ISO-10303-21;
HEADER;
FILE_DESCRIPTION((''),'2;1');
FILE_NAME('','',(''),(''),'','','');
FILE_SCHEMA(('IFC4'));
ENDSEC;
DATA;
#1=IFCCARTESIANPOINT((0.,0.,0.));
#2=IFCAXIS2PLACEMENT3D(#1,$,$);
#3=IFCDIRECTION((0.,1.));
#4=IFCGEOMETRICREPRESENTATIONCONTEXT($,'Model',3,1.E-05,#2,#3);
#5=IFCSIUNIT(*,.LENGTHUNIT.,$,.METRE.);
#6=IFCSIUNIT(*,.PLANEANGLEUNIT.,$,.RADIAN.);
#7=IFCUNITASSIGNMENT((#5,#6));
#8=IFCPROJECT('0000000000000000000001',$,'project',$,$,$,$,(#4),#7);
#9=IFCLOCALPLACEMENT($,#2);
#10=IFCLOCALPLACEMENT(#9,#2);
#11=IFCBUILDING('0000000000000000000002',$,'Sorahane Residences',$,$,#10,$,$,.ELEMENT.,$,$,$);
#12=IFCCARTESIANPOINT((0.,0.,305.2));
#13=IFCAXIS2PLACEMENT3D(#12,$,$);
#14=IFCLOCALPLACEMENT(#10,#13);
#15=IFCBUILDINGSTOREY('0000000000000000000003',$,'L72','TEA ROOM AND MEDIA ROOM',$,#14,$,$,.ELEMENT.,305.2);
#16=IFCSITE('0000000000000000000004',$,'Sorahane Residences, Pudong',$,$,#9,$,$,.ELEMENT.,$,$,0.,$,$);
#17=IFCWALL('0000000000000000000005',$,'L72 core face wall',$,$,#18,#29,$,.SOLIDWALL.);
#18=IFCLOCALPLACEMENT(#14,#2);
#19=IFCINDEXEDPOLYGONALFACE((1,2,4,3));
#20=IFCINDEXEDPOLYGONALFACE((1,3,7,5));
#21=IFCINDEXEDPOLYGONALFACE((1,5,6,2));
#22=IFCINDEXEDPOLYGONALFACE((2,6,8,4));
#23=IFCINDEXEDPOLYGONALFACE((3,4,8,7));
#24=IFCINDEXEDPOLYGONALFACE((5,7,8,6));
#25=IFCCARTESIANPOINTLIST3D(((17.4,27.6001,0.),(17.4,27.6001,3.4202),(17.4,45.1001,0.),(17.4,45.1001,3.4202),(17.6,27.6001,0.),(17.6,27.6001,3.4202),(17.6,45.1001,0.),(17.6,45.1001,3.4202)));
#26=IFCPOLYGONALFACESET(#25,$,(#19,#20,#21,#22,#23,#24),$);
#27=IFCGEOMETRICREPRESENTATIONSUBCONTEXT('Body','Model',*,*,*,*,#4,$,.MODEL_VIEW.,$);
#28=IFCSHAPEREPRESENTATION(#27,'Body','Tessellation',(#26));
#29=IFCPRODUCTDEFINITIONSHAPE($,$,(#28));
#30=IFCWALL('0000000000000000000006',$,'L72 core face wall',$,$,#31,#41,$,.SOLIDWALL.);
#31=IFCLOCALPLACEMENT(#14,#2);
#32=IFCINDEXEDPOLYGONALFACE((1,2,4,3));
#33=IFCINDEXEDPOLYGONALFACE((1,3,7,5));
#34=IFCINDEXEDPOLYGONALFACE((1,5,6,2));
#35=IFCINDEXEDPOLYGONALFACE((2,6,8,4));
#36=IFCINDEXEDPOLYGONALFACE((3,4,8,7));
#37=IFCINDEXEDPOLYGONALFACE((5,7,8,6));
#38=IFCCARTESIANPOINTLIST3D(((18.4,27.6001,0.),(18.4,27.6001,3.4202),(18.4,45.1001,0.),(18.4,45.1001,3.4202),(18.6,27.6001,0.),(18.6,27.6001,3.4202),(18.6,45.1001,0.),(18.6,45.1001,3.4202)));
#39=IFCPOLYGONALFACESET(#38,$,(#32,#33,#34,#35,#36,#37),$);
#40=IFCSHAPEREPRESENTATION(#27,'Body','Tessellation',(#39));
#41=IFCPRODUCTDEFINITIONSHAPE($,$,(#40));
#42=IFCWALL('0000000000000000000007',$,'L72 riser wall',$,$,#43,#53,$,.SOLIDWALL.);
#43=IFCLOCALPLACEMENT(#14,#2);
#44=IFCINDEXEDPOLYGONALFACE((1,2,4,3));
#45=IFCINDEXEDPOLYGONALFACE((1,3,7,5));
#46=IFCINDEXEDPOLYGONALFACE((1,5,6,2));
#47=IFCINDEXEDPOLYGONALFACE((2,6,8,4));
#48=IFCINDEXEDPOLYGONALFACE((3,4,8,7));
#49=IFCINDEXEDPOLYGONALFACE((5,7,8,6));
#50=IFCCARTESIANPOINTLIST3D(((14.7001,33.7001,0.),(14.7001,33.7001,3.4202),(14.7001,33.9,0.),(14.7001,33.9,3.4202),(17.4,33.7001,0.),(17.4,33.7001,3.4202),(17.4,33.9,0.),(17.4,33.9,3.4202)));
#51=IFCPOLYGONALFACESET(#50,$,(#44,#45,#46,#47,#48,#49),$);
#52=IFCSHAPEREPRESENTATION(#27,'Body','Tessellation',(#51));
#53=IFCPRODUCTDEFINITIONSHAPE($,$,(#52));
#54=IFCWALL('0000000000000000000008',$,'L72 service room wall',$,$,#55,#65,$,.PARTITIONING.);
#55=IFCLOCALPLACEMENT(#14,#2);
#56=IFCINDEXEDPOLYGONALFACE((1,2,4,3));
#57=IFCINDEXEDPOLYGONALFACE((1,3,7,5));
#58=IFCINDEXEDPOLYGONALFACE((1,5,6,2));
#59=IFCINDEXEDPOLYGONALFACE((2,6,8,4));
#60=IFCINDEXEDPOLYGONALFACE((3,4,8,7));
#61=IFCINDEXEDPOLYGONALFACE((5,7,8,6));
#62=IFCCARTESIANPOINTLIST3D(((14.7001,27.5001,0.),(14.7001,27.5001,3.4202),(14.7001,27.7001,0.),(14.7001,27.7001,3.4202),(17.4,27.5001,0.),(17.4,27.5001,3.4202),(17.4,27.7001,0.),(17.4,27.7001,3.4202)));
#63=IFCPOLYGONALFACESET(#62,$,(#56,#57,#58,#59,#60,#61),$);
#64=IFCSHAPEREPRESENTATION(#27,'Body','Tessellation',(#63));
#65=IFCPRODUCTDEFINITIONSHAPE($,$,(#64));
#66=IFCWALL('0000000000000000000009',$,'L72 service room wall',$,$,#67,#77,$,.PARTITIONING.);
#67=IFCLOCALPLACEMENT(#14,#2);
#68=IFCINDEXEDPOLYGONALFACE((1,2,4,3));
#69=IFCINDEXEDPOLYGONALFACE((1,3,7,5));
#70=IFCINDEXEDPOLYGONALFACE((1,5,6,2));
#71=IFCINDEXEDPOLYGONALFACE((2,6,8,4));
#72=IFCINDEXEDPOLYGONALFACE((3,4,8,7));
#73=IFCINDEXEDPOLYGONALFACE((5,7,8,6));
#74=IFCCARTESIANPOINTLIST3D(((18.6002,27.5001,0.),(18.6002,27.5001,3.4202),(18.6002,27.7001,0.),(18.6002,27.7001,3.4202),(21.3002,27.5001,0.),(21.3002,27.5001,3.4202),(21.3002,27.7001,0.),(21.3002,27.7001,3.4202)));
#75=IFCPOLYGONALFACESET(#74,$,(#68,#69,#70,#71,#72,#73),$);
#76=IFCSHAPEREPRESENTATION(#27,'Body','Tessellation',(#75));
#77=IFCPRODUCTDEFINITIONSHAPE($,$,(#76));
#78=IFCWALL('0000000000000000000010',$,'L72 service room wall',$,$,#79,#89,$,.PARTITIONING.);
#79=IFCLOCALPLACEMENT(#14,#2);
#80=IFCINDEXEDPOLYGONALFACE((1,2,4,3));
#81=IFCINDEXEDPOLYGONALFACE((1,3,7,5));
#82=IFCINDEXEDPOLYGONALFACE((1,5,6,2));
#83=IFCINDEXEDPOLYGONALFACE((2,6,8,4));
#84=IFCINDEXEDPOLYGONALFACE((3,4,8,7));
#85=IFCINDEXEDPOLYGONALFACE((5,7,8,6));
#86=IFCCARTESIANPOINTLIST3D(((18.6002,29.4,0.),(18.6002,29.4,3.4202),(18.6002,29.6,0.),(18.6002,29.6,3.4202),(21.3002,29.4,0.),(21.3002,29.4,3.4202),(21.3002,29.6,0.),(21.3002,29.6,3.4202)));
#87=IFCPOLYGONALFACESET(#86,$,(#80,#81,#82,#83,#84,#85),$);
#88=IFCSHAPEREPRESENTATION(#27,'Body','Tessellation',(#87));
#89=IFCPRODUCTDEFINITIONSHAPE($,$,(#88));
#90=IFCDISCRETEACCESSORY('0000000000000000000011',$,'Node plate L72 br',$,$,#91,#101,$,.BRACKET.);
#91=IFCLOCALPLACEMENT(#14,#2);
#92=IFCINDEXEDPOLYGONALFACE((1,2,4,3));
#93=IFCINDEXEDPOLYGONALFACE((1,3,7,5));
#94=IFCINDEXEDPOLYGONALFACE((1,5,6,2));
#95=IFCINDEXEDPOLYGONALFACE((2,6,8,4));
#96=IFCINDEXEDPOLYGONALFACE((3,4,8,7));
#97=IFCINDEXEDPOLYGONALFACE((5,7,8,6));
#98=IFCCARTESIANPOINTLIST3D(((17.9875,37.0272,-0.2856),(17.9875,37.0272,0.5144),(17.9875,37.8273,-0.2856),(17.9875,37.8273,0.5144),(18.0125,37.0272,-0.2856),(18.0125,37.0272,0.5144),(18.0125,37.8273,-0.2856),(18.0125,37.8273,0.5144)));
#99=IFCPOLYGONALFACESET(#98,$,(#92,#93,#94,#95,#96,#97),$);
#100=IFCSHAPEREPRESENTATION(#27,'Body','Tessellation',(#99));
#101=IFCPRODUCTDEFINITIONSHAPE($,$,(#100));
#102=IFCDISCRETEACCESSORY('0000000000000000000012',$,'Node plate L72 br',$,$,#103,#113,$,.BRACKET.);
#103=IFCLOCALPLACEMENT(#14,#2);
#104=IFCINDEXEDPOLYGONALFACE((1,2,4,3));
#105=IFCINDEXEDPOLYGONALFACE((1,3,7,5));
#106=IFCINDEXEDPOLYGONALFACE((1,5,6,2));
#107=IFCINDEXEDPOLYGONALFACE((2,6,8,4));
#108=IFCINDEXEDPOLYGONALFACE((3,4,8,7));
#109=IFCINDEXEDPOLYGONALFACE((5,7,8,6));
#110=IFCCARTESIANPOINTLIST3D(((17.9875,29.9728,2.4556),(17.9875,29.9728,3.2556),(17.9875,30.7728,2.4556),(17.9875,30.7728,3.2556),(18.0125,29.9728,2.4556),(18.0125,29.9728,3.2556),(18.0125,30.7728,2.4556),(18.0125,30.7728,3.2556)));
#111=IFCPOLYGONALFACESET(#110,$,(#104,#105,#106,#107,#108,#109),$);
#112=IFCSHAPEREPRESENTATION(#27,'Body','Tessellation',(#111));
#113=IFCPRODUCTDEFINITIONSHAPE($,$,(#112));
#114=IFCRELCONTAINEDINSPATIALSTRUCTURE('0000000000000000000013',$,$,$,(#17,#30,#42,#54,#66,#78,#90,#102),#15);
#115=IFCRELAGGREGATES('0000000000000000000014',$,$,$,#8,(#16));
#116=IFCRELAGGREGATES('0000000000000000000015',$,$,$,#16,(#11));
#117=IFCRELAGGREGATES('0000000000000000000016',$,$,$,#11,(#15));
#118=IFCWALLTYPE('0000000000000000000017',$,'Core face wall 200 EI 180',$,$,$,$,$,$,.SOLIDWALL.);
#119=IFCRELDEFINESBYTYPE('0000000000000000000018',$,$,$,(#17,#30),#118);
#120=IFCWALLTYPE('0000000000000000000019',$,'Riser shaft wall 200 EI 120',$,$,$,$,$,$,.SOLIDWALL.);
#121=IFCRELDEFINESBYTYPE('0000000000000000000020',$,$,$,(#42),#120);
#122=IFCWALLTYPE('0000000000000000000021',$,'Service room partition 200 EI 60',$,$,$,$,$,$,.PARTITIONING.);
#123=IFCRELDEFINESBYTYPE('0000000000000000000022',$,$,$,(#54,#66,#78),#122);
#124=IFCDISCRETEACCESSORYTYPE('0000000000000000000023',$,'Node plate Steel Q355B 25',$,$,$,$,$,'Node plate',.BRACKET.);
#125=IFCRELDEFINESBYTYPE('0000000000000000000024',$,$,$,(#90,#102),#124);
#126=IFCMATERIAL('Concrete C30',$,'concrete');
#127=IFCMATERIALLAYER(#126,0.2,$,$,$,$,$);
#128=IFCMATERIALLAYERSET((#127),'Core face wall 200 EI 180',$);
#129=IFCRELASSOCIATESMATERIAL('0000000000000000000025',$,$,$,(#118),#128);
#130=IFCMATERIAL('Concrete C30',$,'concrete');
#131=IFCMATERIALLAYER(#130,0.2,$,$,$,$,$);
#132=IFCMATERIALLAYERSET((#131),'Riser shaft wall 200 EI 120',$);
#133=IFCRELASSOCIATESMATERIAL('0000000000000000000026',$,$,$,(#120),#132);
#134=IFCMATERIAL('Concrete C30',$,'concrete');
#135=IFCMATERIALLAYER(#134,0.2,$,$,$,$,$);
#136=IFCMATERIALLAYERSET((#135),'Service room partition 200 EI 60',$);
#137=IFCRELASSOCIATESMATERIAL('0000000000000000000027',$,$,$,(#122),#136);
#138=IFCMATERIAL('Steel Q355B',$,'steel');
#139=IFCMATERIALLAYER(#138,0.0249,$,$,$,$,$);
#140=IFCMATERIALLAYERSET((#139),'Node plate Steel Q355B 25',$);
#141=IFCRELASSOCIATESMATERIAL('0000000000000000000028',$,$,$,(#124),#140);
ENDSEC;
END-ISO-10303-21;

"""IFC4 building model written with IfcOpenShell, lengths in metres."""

from ifc_helpers import new_model, si_unit, direction, frame, frame_2d, origin, origin_2d, place, context, subcontext, project, spatial, rectangle, extrude, material, layer, layer_set, type_object, element, save


model = new_model("IFC4")

# Units and contexts
model_context = context("Model", 3, precision=1e-05, world=origin(), true_north=direction((0.0, 1.0)))
body_context = subcontext(model_context, "Body", "Model", "MODEL_VIEW")
ifc_project = project(units=[si_unit("LENGTHUNIT", "METRE"), si_unit("PLANEANGLEUNIT", "RADIAN")], contexts=[model_context])

# Site, building, storey
site_placement = place(None, origin())
site = spatial("IfcSite", under=ifc_project, at=site_placement, Name="Sorahane Residences, Pudong", CompositionType="ELEMENT", RefElevation=0.0)
building_placement = place(site_placement, origin())
building = spatial("IfcBuilding", under=site, at=building_placement, Name="Sorahane Residences", CompositionType="ELEMENT")
storey_placement = place(building_placement, frame((0.0, 0.0, 305.2)))
storey = spatial("IfcBuildingStorey", under=building, at=storey_placement, Name="L72", Description="TEA ROOM AND MEDIA ROOM", CompositionType="ELEMENT", Elevation=305.2)

# Walls
ifc_material_1 = material(Name="Concrete C30", Category="concrete")
ifc_layer_1 = layer(ifc_material_1, 0.2)
ifc_layer_set_1 = layer_set([ifc_layer_1], Name="Core face wall 200 EI 180")
wall_type_1 = type_object("IfcWallType", Name="Core face wall 200 EI 180", PredefinedType="SOLIDWALL", material=ifc_layer_set_1)
for number, where, z_axis, x_axis, name in (
    (1, (17.5, 27.6001, 0.0), (0.0, 0.0, 1.0), (0.0, 1.0, 0.0), "L72 core face wall"),
    (2, (18.5, 27.6001, 0.0), (0.0, 0.0, 1.0), (0.0, 1.0, 0.0), "L72 core face wall"),
):
    element("IfcWall", number, at=place(storey_placement, frame(where, z_axis=z_axis, x_axis=x_axis)), inside=storey, type_object=wall_type_1, Name=name, PredefinedType="SOLIDWALL", context=body_context, shape_type="SweptSolid", body=[
        extrude(rectangle(XDim=17.5, YDim=0.2, at=frame_2d((8.75, 0.0))), origin(), (0.0, 0.0, 1.0), 3.4202),
    ])
ifc_material_2 = material(Name="Concrete C30", Category="concrete")
ifc_layer_2 = layer(ifc_material_2, 0.2)
ifc_layer_set_2 = layer_set([ifc_layer_2], Name="Riser shaft wall 200 EI 120")
wall_type_2 = type_object("IfcWallType", Name="Riser shaft wall 200 EI 120", PredefinedType="SOLIDWALL", material=ifc_layer_set_2)
wall_placement = place(storey_placement, frame((14.7, 33.8, 0.0), z_axis=(0.0, 0.0, 1.0), x_axis=(1.0, 0.0, 0.0)))
element("IfcWall", 3, at=wall_placement, inside=storey, type_object=wall_type_2, Name="L72 riser wall", PredefinedType="SOLIDWALL", context=body_context, shape_type="SweptSolid", body=[
    extrude(rectangle(XDim=2.7, YDim=0.2, at=frame_2d((1.3501, 0.0))), origin(), (0.0, 0.0, 1.0), 3.4202),
])
ifc_material_3 = material(Name="Concrete C30", Category="concrete")
ifc_layer_3 = layer(ifc_material_3, 0.2)
ifc_layer_set_3 = layer_set([ifc_layer_3], Name="Service room partition 200 EI 60")
wall_type_3 = type_object("IfcWallType", Name="Service room partition 200 EI 60", PredefinedType="PARTITIONING", material=ifc_layer_set_3)
for number, where, z_axis, x_axis, name in (
    (4, (14.7, 27.6001, 0.0), (0.0, 0.0, 1.0), (1.0, 0.0, 0.0), "L72 service room wall"),
    (5, (18.6001, 27.6001, 0.0), (0.0, 0.0, 1.0), (1.0, 0.0, 0.0), "L72 service room wall"),
    (6, (18.6001, 29.5, 0.0), (0.0, 0.0, 1.0), (1.0, 0.0, 0.0), "L72 service room wall"),
):
    element("IfcWall", number, at=place(storey_placement, frame(where, z_axis=z_axis, x_axis=x_axis)), inside=storey, type_object=wall_type_3, Name=name, PredefinedType="PARTITIONING", context=body_context, shape_type="SweptSolid", body=[
        extrude(rectangle(XDim=2.7, YDim=0.2, at=frame_2d((1.3501, 0.0))), origin(), (0.0, 0.0, 1.0), 3.4202),
    ])

# Discrete accessories
ifc_material_4 = material(Name="Steel Q355B", Category="steel")
ifc_layer_4 = layer(ifc_material_4, 0.0249)
ifc_layer_set_4 = layer_set([ifc_layer_4], Name="Node plate Steel Q355B 25")
discrete_accessory_type = type_object("IfcDiscreteAccessoryType", Name="Node plate Steel Q355B 25", ElementType="Node plate", PredefinedType="BRACKET", material=ifc_layer_set_4)
for number, where, z_axis, x_axis, name in (
    (7, (18.0, 37.4272, -0.2856), (0.0, 0.0, 1.0), (0.0, 1.0, 0.0), "Node plate L72 br"),
    (8, (18.0, 30.3728, 2.4556), (0.0, 0.0, 1.0), (0.0, 1.0, 0.0), "Node plate L72 br"),
):
    element("IfcDiscreteAccessory", number, at=place(storey_placement, frame(where, z_axis=z_axis, x_axis=x_axis)), inside=storey, type_object=discrete_accessory_type, Name=name, PredefinedType="BRACKET", context=body_context, shape_type="SweptSolid", body=[
        extrude(rectangle(XDim=0.8, YDim=0.0249, at=origin_2d()), origin(), (0.0, 0.0, 1.0), 0.8),
    ])

save(model, "model.ifc")
